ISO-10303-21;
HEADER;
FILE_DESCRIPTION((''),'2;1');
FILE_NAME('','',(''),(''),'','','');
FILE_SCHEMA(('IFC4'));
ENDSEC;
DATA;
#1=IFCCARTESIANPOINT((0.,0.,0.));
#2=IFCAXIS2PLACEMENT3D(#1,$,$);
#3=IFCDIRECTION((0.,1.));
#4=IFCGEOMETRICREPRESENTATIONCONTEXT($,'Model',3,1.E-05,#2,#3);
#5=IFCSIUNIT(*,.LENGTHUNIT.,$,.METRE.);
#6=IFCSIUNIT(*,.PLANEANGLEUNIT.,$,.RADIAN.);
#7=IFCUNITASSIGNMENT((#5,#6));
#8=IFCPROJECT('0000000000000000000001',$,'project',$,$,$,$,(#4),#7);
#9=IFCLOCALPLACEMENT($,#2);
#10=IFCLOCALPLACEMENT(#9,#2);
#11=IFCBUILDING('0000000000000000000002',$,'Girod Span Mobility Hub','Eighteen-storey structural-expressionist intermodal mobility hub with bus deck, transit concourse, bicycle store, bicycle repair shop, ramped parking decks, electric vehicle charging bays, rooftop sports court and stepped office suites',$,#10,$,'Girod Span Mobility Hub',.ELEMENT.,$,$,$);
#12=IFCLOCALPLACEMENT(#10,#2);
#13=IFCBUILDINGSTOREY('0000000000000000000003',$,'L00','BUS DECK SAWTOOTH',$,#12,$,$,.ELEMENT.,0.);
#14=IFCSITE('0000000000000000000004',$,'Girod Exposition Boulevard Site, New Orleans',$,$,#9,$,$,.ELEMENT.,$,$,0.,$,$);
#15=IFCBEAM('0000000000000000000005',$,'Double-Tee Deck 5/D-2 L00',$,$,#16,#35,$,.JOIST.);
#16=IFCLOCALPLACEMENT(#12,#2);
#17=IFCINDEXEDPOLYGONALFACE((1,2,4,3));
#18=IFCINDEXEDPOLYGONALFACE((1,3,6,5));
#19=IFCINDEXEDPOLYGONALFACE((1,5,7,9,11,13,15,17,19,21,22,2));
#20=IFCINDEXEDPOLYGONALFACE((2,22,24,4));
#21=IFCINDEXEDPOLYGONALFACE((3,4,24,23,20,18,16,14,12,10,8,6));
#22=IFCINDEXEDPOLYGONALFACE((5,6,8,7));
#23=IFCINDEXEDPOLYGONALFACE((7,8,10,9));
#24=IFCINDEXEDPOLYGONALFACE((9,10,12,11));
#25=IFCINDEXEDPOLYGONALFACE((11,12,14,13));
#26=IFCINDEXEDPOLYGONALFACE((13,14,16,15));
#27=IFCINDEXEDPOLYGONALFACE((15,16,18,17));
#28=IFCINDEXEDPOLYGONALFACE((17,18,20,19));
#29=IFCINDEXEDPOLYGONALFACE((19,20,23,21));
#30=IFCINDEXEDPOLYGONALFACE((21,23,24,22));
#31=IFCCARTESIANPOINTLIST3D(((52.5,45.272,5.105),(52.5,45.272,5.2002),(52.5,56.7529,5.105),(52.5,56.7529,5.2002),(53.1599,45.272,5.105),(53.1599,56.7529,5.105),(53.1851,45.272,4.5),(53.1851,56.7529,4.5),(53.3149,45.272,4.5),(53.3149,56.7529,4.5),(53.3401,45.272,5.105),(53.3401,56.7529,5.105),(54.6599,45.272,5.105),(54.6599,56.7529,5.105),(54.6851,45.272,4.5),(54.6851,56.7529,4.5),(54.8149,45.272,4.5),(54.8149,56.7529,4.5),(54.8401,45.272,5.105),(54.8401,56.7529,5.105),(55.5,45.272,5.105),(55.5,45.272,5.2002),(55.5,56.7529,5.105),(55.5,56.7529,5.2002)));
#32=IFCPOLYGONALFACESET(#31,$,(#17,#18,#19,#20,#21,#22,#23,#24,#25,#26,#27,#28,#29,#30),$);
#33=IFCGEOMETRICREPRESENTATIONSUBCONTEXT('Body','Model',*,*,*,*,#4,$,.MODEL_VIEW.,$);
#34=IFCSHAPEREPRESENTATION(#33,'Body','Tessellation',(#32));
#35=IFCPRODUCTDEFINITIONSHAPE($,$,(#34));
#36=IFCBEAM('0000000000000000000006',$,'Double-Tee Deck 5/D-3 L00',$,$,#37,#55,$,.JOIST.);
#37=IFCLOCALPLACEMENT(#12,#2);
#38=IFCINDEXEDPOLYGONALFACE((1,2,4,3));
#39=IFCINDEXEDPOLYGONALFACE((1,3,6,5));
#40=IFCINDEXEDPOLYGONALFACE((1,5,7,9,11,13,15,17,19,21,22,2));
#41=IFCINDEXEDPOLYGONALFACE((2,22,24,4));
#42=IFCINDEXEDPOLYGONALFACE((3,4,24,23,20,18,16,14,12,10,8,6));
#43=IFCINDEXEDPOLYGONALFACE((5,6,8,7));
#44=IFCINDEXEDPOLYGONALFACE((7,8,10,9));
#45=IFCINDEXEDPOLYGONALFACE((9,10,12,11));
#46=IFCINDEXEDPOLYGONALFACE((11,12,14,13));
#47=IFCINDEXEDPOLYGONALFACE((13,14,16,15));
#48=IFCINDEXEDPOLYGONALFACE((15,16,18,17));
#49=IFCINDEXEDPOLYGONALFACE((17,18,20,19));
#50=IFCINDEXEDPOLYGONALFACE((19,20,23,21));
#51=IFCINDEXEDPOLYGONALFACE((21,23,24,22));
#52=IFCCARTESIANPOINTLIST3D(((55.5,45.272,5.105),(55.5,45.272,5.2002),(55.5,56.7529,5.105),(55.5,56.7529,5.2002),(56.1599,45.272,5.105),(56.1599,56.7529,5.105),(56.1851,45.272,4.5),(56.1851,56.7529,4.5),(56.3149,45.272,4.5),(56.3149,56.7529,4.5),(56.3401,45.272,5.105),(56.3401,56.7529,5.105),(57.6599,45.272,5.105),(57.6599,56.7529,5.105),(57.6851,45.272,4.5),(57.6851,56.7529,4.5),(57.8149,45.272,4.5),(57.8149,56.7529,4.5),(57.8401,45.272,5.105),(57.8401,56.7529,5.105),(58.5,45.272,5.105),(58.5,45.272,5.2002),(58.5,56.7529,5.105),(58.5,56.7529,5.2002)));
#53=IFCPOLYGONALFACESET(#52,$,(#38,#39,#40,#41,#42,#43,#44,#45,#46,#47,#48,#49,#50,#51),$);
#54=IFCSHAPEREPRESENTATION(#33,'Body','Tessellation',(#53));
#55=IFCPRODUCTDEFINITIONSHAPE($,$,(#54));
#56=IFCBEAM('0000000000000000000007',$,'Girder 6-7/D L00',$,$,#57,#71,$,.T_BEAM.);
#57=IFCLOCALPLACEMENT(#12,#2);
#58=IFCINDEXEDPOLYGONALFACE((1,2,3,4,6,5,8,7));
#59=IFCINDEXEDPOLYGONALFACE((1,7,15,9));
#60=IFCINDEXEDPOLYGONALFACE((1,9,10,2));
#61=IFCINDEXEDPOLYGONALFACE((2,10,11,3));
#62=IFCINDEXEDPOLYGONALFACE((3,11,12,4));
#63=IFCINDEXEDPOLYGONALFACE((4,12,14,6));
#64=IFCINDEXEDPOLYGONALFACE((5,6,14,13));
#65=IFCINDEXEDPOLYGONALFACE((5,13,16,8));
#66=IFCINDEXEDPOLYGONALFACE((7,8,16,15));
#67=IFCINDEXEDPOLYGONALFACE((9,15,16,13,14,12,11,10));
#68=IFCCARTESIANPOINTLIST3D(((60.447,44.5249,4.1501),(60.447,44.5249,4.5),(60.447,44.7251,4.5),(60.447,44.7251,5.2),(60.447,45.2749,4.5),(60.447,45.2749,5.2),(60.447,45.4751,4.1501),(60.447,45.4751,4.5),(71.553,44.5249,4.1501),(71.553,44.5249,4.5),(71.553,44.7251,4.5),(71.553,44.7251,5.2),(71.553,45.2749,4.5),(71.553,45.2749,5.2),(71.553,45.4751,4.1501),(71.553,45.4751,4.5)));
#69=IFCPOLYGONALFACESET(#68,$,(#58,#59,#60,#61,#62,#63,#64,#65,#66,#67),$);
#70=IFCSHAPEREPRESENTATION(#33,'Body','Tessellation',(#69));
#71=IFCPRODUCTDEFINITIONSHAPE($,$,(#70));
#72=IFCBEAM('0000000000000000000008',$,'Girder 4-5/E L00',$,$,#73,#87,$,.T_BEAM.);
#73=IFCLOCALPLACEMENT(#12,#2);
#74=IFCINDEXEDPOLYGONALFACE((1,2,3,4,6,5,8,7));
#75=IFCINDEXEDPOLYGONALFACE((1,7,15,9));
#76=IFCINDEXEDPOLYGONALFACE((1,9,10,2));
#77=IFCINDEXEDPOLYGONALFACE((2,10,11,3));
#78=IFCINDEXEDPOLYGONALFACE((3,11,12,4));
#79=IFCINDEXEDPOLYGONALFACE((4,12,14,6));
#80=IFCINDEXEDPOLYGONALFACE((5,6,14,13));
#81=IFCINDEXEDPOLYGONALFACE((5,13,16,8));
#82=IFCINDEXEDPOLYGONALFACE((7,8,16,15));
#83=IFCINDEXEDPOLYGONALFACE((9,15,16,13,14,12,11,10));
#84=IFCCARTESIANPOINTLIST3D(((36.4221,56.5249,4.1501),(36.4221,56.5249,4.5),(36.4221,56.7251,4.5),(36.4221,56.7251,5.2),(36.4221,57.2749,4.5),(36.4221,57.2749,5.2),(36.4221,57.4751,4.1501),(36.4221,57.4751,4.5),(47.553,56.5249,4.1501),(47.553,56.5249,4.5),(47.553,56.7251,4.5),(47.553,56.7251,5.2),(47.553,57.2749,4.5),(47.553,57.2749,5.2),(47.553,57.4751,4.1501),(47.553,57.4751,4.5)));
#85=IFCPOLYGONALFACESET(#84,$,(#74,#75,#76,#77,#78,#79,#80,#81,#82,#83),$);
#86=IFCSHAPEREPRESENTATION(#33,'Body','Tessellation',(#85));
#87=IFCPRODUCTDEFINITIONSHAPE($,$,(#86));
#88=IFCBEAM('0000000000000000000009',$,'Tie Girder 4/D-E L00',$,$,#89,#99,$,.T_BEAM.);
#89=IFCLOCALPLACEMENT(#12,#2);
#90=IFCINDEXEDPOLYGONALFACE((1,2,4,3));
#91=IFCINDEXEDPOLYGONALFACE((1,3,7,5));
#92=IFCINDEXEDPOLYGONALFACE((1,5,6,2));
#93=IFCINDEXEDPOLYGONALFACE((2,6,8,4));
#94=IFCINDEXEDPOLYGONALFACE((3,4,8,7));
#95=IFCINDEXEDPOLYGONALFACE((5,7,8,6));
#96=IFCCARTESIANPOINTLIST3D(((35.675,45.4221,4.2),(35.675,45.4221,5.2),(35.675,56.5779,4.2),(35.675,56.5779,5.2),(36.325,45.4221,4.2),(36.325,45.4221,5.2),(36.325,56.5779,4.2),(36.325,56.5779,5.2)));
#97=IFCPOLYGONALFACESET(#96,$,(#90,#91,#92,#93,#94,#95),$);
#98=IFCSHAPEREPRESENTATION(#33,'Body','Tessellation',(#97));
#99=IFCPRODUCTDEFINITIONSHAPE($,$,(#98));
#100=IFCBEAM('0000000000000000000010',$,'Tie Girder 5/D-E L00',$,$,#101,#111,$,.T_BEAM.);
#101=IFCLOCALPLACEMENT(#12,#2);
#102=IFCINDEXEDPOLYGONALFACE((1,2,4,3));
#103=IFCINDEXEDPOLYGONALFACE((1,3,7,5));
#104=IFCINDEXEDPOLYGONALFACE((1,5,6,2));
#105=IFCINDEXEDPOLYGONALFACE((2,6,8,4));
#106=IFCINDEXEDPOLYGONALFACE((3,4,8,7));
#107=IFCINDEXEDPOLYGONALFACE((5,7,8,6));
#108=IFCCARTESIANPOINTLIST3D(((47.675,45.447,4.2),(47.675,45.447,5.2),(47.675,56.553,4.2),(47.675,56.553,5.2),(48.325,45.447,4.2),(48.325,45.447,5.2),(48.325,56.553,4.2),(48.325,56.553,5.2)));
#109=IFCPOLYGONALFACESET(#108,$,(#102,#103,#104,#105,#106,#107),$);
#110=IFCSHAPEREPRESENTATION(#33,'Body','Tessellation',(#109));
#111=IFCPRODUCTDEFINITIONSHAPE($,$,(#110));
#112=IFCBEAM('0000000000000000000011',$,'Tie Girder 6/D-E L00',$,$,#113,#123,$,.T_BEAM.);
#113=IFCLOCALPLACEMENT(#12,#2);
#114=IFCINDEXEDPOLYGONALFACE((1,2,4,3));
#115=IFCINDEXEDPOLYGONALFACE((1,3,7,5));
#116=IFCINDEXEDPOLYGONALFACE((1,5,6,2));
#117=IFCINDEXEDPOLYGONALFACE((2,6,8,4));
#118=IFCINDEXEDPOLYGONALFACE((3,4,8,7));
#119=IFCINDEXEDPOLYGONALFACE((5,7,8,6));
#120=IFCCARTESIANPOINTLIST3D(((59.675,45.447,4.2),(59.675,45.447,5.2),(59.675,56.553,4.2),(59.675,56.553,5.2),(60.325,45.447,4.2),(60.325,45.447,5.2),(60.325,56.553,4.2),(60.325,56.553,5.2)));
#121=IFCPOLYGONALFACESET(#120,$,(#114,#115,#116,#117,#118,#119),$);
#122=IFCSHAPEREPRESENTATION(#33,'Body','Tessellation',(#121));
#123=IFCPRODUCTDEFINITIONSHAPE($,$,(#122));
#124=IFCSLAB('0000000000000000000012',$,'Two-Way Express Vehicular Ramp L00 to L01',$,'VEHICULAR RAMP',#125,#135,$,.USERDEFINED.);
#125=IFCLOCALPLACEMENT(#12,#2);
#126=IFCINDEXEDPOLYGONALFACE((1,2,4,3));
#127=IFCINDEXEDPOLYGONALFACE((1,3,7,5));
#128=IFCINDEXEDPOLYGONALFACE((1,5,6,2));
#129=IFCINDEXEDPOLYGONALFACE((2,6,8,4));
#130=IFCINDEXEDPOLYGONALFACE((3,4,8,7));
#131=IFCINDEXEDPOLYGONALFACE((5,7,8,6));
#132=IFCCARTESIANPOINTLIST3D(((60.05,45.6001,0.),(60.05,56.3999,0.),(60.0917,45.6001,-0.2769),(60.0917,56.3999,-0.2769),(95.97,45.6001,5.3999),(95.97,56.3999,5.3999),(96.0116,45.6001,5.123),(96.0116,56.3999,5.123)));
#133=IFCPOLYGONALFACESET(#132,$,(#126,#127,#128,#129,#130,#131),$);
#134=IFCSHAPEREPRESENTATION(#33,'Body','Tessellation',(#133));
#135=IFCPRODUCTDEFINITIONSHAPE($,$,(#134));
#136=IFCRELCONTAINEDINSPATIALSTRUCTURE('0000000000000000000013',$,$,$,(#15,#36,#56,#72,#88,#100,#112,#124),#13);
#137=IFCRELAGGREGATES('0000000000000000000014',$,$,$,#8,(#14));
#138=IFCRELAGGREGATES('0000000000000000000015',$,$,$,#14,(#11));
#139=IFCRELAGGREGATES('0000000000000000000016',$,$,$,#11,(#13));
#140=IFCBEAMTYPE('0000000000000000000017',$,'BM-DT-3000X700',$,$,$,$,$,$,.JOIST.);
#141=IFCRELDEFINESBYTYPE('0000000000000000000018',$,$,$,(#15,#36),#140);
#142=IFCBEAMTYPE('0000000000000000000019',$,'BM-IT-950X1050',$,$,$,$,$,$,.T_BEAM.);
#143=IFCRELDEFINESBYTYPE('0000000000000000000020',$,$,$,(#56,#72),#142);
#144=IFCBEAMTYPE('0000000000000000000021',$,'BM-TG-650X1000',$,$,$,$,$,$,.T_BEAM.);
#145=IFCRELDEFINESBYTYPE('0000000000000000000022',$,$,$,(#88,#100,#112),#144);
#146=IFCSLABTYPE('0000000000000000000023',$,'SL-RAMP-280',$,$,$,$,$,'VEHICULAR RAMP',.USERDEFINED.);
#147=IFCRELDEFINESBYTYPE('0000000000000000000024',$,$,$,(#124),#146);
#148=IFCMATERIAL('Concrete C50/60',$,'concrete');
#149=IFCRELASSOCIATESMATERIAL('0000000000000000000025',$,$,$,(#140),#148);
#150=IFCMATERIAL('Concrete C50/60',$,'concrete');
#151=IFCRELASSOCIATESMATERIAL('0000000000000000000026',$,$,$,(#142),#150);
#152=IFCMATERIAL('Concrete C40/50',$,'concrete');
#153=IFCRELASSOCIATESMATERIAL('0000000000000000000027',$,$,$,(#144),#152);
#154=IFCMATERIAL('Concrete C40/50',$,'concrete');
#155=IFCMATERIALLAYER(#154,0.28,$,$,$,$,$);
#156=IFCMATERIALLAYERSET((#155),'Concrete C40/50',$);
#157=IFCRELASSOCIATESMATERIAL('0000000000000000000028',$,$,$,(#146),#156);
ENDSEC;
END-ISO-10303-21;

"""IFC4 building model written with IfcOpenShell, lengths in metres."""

from ifc_helpers import new_model, si_unit, direction, frame, origin, origin_2d, place, context, subcontext, project, spatial, polyline, rectangle, outline, extrude, material, layer, layer_set, material_profile, profile_set, type_object, element, save


model = new_model("IFC4")

# Units and contexts
model_context = context("Model", 3, precision=1e-05, world=origin(), true_north=direction((0.0, 1.0)))
body_context = subcontext(model_context, "Body", "Model", "MODEL_VIEW")
ifc_project = project(units=[si_unit("LENGTHUNIT", "METRE"), si_unit("PLANEANGLEUNIT", "RADIAN")], contexts=[model_context])

# Site, building, storey
site_placement = place(None, origin())
site = spatial("IfcSite", under=ifc_project, at=site_placement, Name="Girod Exposition Boulevard Site, New Orleans", CompositionType="ELEMENT", RefElevation=0.0)
building_placement = place(site_placement, origin())
building = spatial("IfcBuilding", under=site, at=building_placement, Name="Girod Span Mobility Hub", Description="Eighteen-storey structural-expressionist intermodal mobility hub with bus deck, transit concourse, bicycle store, bicycle repair shop, ramped parking decks, electric vehicle charging bays, rooftop sports court and stepped office suites", LongName="Girod Span Mobility Hub", CompositionType="ELEMENT")
storey_placement = place(building_placement, origin())
storey = spatial("IfcBuildingStorey", under=building, at=storey_placement, Name="L00", Description="BUS DECK SAWTOOTH", CompositionType="ELEMENT", Elevation=0.0)

# Beams
ifc_material_1 = material(Name="Concrete C50/60", Category="concrete")
ifc_material_profile_1 = material_profile(ifc_material_1, outline(polyline([(-1.5, 0.3501), (-1.5, 0.2549), (-0.8401, 0.2549), (-0.8149, -0.3501), (-0.6851, -0.3501), (-0.6599, 0.2549), (0.6599, 0.2549), (0.6851, -0.3501), (0.8149, -0.3501), (0.8401, 0.2549), (1.5, 0.2549), (1.5, 0.3501), (-1.5, 0.3501)])), Name="DT-3000X700")
ifc_profile_set_1 = profile_set([ifc_material_profile_1], Name="Concrete C50/60")
beam_type_1 = type_object("IfcBeamType", Name="BM-DT-3000X700", PredefinedType="JOIST", material=ifc_profile_set_1)
for number, where, z_axis, x_axis, name in (
    (1, (54.0, 45.272, 4.8501), (0.0, 1.0, 0.0), (-1.0, 0.0, 0.0), "Double-Tee Deck 5/D-2 L00"),
    (2, (57.0, 45.272, 4.8501), (0.0, 1.0, 0.0), (-1.0, 0.0, 0.0), "Double-Tee Deck 5/D-3 L00"),
):
    element("IfcBeam", number, at=place(storey_placement, frame(where, z_axis=z_axis, x_axis=x_axis)), inside=storey, type_object=beam_type_1, Name=name, PredefinedType="JOIST", context=body_context, shape_type="SweptSolid", body=[
        extrude(outline(polyline([(-1.5, 0.3501), (-1.5, 0.2549), (-0.8401, 0.2549), (-0.8149, -0.3501), (-0.6851, -0.3501), (-0.6599, 0.2549), (0.6599, 0.2549), (0.6851, -0.3501), (0.8149, -0.3501), (0.8401, 0.2549), (1.5, 0.2549), (1.5, 0.3501), (-1.5, 0.3501)])), origin(), (0.0, 0.0, 1.0), 11.481),
    ])
ifc_material_2 = material(Name="Concrete C50/60", Category="concrete")
ifc_material_profile_2 = material_profile(ifc_material_2, outline(polyline([(-0.4751, -0.5249), (0.4751, -0.5249), (0.4751, -0.175), (0.2749, -0.175), (0.2749, 0.5249), (-0.2749, 0.5249), (-0.2749, -0.175), (-0.4751, -0.175), (-0.4751, -0.5249)])), Name="IT-950X1050")
ifc_profile_set_2 = profile_set([ifc_material_profile_2], Name="Concrete C50/60")
beam_type_2 = type_object("IfcBeamType", Name="BM-IT-950X1050", PredefinedType="T_BEAM", material=ifc_profile_set_2)
beam_1_placement = place(storey_placement, frame((60.447, 45.0, 4.675), z_axis=(1.0, 0.0, 0.0), x_axis=(0.0, 1.0, 0.0)))
element("IfcBeam", 3, at=beam_1_placement, inside=storey, type_object=beam_type_2, Name="Girder 6-7/D L00", PredefinedType="T_BEAM", context=body_context, shape_type="SweptSolid", body=[
    extrude(outline(polyline([(-0.4751, -0.5249), (0.4751, -0.5249), (0.4751, -0.175), (0.2749, -0.175), (0.2749, 0.5249), (-0.2749, 0.5249), (-0.2749, -0.175), (-0.4751, -0.175), (-0.4751, -0.5249)])), origin(), (0.0, 0.0, 1.0), 11.106),
])
beam_2_placement = place(storey_placement, frame((36.4221, 57.0, 4.675), z_axis=(1.0, 0.0, 0.0), x_axis=(0.0, 1.0, 0.0)))
element("IfcBeam", 4, at=beam_2_placement, inside=storey, type_object=beam_type_2, Name="Girder 4-5/E L00", PredefinedType="T_BEAM", context=body_context, shape_type="SweptSolid", body=[
    extrude(outline(polyline([(-0.4751, -0.5249), (0.4751, -0.5249), (0.4751, -0.175), (0.2749, -0.175), (0.2749, 0.5249), (-0.2749, 0.5249), (-0.2749, -0.175), (-0.4751, -0.175), (-0.4751, -0.5249)])), origin(), (0.0, 0.0, 1.0), 11.1309),
])
ifc_material_3 = material(Name="Concrete C40/50", Category="concrete")
ifc_material_profile_3 = material_profile(ifc_material_3, rectangle(XDim=0.6499, YDim=1.0, at=origin_2d()), Name="TG-650X1000")
ifc_profile_set_3 = profile_set([ifc_material_profile_3], Name="Concrete C40/50")
beam_type_3 = type_object("IfcBeamType", Name="BM-TG-650X1000", PredefinedType="T_BEAM", material=ifc_profile_set_3)
beam_3_placement = place(storey_placement, frame((36.0, 45.4221, 4.7), z_axis=(0.0, 1.0, 0.0), x_axis=(-1.0, 0.0, 0.0)))
element("IfcBeam", 5, at=beam_3_placement, inside=storey, type_object=beam_type_3, Name="Tie Girder 4/D-E L00", PredefinedType="T_BEAM", context=body_context, shape_type="SweptSolid", body=[
    extrude(rectangle(XDim=0.6499, YDim=1.0, at=origin_2d()), origin(), (0.0, 0.0, 1.0), 11.1558),
])
for number, where, z_axis, x_axis, name in (
    (6, (48.0, 45.447, 4.7), (0.0, 1.0, 0.0), (-1.0, 0.0, 0.0), "Tie Girder 5/D-E L00"),
    (7, (60.0, 45.447, 4.7), (0.0, 1.0, 0.0), (-1.0, 0.0, 0.0), "Tie Girder 6/D-E L00"),
):
    element("IfcBeam", number, at=place(storey_placement, frame(where, z_axis=z_axis, x_axis=x_axis)), inside=storey, type_object=beam_type_3, Name=name, PredefinedType="T_BEAM", context=body_context, shape_type="SweptSolid", body=[
        extrude(rectangle(XDim=0.6499, YDim=1.0, at=origin_2d()), origin(), (0.0, 0.0, 1.0), 11.106),
    ])

# Slab
ifc_material_4 = material(Name="Concrete C40/50", Category="concrete")
ifc_layer_1 = layer(ifc_material_4, 0.28)
ifc_layer_set_1 = layer_set([ifc_layer_1], Name="Concrete C40/50")
slab_type = type_object("IfcSlabType", Name="SL-RAMP-280", ElementType="VEHICULAR RAMP", PredefinedType="USERDEFINED", material=ifc_layer_set_1)
slab_placement = place(storey_placement, frame((60.05, 45.6001, 0.0), z_axis=(-0.148661, 0.0, 0.988888), x_axis=(0.988888, 0.0, 0.148661)))
element("IfcSlab", 8, at=slab_placement, inside=storey, type_object=slab_type, Name="Two-Way Express Vehicular Ramp L00 to L01", ObjectType="VEHICULAR RAMP", PredefinedType="USERDEFINED", context=body_context, shape_type="SweptSolid", body=[
    extrude(outline(polyline([(0.0, 0.0), (36.3235, 0.0), (36.3235, 10.7998), (0.0, 10.7998), (0.0, 0.0)])), origin(), (0.0, 0.0, -1.0), 0.28),
])

save(model, "model.ifc")
